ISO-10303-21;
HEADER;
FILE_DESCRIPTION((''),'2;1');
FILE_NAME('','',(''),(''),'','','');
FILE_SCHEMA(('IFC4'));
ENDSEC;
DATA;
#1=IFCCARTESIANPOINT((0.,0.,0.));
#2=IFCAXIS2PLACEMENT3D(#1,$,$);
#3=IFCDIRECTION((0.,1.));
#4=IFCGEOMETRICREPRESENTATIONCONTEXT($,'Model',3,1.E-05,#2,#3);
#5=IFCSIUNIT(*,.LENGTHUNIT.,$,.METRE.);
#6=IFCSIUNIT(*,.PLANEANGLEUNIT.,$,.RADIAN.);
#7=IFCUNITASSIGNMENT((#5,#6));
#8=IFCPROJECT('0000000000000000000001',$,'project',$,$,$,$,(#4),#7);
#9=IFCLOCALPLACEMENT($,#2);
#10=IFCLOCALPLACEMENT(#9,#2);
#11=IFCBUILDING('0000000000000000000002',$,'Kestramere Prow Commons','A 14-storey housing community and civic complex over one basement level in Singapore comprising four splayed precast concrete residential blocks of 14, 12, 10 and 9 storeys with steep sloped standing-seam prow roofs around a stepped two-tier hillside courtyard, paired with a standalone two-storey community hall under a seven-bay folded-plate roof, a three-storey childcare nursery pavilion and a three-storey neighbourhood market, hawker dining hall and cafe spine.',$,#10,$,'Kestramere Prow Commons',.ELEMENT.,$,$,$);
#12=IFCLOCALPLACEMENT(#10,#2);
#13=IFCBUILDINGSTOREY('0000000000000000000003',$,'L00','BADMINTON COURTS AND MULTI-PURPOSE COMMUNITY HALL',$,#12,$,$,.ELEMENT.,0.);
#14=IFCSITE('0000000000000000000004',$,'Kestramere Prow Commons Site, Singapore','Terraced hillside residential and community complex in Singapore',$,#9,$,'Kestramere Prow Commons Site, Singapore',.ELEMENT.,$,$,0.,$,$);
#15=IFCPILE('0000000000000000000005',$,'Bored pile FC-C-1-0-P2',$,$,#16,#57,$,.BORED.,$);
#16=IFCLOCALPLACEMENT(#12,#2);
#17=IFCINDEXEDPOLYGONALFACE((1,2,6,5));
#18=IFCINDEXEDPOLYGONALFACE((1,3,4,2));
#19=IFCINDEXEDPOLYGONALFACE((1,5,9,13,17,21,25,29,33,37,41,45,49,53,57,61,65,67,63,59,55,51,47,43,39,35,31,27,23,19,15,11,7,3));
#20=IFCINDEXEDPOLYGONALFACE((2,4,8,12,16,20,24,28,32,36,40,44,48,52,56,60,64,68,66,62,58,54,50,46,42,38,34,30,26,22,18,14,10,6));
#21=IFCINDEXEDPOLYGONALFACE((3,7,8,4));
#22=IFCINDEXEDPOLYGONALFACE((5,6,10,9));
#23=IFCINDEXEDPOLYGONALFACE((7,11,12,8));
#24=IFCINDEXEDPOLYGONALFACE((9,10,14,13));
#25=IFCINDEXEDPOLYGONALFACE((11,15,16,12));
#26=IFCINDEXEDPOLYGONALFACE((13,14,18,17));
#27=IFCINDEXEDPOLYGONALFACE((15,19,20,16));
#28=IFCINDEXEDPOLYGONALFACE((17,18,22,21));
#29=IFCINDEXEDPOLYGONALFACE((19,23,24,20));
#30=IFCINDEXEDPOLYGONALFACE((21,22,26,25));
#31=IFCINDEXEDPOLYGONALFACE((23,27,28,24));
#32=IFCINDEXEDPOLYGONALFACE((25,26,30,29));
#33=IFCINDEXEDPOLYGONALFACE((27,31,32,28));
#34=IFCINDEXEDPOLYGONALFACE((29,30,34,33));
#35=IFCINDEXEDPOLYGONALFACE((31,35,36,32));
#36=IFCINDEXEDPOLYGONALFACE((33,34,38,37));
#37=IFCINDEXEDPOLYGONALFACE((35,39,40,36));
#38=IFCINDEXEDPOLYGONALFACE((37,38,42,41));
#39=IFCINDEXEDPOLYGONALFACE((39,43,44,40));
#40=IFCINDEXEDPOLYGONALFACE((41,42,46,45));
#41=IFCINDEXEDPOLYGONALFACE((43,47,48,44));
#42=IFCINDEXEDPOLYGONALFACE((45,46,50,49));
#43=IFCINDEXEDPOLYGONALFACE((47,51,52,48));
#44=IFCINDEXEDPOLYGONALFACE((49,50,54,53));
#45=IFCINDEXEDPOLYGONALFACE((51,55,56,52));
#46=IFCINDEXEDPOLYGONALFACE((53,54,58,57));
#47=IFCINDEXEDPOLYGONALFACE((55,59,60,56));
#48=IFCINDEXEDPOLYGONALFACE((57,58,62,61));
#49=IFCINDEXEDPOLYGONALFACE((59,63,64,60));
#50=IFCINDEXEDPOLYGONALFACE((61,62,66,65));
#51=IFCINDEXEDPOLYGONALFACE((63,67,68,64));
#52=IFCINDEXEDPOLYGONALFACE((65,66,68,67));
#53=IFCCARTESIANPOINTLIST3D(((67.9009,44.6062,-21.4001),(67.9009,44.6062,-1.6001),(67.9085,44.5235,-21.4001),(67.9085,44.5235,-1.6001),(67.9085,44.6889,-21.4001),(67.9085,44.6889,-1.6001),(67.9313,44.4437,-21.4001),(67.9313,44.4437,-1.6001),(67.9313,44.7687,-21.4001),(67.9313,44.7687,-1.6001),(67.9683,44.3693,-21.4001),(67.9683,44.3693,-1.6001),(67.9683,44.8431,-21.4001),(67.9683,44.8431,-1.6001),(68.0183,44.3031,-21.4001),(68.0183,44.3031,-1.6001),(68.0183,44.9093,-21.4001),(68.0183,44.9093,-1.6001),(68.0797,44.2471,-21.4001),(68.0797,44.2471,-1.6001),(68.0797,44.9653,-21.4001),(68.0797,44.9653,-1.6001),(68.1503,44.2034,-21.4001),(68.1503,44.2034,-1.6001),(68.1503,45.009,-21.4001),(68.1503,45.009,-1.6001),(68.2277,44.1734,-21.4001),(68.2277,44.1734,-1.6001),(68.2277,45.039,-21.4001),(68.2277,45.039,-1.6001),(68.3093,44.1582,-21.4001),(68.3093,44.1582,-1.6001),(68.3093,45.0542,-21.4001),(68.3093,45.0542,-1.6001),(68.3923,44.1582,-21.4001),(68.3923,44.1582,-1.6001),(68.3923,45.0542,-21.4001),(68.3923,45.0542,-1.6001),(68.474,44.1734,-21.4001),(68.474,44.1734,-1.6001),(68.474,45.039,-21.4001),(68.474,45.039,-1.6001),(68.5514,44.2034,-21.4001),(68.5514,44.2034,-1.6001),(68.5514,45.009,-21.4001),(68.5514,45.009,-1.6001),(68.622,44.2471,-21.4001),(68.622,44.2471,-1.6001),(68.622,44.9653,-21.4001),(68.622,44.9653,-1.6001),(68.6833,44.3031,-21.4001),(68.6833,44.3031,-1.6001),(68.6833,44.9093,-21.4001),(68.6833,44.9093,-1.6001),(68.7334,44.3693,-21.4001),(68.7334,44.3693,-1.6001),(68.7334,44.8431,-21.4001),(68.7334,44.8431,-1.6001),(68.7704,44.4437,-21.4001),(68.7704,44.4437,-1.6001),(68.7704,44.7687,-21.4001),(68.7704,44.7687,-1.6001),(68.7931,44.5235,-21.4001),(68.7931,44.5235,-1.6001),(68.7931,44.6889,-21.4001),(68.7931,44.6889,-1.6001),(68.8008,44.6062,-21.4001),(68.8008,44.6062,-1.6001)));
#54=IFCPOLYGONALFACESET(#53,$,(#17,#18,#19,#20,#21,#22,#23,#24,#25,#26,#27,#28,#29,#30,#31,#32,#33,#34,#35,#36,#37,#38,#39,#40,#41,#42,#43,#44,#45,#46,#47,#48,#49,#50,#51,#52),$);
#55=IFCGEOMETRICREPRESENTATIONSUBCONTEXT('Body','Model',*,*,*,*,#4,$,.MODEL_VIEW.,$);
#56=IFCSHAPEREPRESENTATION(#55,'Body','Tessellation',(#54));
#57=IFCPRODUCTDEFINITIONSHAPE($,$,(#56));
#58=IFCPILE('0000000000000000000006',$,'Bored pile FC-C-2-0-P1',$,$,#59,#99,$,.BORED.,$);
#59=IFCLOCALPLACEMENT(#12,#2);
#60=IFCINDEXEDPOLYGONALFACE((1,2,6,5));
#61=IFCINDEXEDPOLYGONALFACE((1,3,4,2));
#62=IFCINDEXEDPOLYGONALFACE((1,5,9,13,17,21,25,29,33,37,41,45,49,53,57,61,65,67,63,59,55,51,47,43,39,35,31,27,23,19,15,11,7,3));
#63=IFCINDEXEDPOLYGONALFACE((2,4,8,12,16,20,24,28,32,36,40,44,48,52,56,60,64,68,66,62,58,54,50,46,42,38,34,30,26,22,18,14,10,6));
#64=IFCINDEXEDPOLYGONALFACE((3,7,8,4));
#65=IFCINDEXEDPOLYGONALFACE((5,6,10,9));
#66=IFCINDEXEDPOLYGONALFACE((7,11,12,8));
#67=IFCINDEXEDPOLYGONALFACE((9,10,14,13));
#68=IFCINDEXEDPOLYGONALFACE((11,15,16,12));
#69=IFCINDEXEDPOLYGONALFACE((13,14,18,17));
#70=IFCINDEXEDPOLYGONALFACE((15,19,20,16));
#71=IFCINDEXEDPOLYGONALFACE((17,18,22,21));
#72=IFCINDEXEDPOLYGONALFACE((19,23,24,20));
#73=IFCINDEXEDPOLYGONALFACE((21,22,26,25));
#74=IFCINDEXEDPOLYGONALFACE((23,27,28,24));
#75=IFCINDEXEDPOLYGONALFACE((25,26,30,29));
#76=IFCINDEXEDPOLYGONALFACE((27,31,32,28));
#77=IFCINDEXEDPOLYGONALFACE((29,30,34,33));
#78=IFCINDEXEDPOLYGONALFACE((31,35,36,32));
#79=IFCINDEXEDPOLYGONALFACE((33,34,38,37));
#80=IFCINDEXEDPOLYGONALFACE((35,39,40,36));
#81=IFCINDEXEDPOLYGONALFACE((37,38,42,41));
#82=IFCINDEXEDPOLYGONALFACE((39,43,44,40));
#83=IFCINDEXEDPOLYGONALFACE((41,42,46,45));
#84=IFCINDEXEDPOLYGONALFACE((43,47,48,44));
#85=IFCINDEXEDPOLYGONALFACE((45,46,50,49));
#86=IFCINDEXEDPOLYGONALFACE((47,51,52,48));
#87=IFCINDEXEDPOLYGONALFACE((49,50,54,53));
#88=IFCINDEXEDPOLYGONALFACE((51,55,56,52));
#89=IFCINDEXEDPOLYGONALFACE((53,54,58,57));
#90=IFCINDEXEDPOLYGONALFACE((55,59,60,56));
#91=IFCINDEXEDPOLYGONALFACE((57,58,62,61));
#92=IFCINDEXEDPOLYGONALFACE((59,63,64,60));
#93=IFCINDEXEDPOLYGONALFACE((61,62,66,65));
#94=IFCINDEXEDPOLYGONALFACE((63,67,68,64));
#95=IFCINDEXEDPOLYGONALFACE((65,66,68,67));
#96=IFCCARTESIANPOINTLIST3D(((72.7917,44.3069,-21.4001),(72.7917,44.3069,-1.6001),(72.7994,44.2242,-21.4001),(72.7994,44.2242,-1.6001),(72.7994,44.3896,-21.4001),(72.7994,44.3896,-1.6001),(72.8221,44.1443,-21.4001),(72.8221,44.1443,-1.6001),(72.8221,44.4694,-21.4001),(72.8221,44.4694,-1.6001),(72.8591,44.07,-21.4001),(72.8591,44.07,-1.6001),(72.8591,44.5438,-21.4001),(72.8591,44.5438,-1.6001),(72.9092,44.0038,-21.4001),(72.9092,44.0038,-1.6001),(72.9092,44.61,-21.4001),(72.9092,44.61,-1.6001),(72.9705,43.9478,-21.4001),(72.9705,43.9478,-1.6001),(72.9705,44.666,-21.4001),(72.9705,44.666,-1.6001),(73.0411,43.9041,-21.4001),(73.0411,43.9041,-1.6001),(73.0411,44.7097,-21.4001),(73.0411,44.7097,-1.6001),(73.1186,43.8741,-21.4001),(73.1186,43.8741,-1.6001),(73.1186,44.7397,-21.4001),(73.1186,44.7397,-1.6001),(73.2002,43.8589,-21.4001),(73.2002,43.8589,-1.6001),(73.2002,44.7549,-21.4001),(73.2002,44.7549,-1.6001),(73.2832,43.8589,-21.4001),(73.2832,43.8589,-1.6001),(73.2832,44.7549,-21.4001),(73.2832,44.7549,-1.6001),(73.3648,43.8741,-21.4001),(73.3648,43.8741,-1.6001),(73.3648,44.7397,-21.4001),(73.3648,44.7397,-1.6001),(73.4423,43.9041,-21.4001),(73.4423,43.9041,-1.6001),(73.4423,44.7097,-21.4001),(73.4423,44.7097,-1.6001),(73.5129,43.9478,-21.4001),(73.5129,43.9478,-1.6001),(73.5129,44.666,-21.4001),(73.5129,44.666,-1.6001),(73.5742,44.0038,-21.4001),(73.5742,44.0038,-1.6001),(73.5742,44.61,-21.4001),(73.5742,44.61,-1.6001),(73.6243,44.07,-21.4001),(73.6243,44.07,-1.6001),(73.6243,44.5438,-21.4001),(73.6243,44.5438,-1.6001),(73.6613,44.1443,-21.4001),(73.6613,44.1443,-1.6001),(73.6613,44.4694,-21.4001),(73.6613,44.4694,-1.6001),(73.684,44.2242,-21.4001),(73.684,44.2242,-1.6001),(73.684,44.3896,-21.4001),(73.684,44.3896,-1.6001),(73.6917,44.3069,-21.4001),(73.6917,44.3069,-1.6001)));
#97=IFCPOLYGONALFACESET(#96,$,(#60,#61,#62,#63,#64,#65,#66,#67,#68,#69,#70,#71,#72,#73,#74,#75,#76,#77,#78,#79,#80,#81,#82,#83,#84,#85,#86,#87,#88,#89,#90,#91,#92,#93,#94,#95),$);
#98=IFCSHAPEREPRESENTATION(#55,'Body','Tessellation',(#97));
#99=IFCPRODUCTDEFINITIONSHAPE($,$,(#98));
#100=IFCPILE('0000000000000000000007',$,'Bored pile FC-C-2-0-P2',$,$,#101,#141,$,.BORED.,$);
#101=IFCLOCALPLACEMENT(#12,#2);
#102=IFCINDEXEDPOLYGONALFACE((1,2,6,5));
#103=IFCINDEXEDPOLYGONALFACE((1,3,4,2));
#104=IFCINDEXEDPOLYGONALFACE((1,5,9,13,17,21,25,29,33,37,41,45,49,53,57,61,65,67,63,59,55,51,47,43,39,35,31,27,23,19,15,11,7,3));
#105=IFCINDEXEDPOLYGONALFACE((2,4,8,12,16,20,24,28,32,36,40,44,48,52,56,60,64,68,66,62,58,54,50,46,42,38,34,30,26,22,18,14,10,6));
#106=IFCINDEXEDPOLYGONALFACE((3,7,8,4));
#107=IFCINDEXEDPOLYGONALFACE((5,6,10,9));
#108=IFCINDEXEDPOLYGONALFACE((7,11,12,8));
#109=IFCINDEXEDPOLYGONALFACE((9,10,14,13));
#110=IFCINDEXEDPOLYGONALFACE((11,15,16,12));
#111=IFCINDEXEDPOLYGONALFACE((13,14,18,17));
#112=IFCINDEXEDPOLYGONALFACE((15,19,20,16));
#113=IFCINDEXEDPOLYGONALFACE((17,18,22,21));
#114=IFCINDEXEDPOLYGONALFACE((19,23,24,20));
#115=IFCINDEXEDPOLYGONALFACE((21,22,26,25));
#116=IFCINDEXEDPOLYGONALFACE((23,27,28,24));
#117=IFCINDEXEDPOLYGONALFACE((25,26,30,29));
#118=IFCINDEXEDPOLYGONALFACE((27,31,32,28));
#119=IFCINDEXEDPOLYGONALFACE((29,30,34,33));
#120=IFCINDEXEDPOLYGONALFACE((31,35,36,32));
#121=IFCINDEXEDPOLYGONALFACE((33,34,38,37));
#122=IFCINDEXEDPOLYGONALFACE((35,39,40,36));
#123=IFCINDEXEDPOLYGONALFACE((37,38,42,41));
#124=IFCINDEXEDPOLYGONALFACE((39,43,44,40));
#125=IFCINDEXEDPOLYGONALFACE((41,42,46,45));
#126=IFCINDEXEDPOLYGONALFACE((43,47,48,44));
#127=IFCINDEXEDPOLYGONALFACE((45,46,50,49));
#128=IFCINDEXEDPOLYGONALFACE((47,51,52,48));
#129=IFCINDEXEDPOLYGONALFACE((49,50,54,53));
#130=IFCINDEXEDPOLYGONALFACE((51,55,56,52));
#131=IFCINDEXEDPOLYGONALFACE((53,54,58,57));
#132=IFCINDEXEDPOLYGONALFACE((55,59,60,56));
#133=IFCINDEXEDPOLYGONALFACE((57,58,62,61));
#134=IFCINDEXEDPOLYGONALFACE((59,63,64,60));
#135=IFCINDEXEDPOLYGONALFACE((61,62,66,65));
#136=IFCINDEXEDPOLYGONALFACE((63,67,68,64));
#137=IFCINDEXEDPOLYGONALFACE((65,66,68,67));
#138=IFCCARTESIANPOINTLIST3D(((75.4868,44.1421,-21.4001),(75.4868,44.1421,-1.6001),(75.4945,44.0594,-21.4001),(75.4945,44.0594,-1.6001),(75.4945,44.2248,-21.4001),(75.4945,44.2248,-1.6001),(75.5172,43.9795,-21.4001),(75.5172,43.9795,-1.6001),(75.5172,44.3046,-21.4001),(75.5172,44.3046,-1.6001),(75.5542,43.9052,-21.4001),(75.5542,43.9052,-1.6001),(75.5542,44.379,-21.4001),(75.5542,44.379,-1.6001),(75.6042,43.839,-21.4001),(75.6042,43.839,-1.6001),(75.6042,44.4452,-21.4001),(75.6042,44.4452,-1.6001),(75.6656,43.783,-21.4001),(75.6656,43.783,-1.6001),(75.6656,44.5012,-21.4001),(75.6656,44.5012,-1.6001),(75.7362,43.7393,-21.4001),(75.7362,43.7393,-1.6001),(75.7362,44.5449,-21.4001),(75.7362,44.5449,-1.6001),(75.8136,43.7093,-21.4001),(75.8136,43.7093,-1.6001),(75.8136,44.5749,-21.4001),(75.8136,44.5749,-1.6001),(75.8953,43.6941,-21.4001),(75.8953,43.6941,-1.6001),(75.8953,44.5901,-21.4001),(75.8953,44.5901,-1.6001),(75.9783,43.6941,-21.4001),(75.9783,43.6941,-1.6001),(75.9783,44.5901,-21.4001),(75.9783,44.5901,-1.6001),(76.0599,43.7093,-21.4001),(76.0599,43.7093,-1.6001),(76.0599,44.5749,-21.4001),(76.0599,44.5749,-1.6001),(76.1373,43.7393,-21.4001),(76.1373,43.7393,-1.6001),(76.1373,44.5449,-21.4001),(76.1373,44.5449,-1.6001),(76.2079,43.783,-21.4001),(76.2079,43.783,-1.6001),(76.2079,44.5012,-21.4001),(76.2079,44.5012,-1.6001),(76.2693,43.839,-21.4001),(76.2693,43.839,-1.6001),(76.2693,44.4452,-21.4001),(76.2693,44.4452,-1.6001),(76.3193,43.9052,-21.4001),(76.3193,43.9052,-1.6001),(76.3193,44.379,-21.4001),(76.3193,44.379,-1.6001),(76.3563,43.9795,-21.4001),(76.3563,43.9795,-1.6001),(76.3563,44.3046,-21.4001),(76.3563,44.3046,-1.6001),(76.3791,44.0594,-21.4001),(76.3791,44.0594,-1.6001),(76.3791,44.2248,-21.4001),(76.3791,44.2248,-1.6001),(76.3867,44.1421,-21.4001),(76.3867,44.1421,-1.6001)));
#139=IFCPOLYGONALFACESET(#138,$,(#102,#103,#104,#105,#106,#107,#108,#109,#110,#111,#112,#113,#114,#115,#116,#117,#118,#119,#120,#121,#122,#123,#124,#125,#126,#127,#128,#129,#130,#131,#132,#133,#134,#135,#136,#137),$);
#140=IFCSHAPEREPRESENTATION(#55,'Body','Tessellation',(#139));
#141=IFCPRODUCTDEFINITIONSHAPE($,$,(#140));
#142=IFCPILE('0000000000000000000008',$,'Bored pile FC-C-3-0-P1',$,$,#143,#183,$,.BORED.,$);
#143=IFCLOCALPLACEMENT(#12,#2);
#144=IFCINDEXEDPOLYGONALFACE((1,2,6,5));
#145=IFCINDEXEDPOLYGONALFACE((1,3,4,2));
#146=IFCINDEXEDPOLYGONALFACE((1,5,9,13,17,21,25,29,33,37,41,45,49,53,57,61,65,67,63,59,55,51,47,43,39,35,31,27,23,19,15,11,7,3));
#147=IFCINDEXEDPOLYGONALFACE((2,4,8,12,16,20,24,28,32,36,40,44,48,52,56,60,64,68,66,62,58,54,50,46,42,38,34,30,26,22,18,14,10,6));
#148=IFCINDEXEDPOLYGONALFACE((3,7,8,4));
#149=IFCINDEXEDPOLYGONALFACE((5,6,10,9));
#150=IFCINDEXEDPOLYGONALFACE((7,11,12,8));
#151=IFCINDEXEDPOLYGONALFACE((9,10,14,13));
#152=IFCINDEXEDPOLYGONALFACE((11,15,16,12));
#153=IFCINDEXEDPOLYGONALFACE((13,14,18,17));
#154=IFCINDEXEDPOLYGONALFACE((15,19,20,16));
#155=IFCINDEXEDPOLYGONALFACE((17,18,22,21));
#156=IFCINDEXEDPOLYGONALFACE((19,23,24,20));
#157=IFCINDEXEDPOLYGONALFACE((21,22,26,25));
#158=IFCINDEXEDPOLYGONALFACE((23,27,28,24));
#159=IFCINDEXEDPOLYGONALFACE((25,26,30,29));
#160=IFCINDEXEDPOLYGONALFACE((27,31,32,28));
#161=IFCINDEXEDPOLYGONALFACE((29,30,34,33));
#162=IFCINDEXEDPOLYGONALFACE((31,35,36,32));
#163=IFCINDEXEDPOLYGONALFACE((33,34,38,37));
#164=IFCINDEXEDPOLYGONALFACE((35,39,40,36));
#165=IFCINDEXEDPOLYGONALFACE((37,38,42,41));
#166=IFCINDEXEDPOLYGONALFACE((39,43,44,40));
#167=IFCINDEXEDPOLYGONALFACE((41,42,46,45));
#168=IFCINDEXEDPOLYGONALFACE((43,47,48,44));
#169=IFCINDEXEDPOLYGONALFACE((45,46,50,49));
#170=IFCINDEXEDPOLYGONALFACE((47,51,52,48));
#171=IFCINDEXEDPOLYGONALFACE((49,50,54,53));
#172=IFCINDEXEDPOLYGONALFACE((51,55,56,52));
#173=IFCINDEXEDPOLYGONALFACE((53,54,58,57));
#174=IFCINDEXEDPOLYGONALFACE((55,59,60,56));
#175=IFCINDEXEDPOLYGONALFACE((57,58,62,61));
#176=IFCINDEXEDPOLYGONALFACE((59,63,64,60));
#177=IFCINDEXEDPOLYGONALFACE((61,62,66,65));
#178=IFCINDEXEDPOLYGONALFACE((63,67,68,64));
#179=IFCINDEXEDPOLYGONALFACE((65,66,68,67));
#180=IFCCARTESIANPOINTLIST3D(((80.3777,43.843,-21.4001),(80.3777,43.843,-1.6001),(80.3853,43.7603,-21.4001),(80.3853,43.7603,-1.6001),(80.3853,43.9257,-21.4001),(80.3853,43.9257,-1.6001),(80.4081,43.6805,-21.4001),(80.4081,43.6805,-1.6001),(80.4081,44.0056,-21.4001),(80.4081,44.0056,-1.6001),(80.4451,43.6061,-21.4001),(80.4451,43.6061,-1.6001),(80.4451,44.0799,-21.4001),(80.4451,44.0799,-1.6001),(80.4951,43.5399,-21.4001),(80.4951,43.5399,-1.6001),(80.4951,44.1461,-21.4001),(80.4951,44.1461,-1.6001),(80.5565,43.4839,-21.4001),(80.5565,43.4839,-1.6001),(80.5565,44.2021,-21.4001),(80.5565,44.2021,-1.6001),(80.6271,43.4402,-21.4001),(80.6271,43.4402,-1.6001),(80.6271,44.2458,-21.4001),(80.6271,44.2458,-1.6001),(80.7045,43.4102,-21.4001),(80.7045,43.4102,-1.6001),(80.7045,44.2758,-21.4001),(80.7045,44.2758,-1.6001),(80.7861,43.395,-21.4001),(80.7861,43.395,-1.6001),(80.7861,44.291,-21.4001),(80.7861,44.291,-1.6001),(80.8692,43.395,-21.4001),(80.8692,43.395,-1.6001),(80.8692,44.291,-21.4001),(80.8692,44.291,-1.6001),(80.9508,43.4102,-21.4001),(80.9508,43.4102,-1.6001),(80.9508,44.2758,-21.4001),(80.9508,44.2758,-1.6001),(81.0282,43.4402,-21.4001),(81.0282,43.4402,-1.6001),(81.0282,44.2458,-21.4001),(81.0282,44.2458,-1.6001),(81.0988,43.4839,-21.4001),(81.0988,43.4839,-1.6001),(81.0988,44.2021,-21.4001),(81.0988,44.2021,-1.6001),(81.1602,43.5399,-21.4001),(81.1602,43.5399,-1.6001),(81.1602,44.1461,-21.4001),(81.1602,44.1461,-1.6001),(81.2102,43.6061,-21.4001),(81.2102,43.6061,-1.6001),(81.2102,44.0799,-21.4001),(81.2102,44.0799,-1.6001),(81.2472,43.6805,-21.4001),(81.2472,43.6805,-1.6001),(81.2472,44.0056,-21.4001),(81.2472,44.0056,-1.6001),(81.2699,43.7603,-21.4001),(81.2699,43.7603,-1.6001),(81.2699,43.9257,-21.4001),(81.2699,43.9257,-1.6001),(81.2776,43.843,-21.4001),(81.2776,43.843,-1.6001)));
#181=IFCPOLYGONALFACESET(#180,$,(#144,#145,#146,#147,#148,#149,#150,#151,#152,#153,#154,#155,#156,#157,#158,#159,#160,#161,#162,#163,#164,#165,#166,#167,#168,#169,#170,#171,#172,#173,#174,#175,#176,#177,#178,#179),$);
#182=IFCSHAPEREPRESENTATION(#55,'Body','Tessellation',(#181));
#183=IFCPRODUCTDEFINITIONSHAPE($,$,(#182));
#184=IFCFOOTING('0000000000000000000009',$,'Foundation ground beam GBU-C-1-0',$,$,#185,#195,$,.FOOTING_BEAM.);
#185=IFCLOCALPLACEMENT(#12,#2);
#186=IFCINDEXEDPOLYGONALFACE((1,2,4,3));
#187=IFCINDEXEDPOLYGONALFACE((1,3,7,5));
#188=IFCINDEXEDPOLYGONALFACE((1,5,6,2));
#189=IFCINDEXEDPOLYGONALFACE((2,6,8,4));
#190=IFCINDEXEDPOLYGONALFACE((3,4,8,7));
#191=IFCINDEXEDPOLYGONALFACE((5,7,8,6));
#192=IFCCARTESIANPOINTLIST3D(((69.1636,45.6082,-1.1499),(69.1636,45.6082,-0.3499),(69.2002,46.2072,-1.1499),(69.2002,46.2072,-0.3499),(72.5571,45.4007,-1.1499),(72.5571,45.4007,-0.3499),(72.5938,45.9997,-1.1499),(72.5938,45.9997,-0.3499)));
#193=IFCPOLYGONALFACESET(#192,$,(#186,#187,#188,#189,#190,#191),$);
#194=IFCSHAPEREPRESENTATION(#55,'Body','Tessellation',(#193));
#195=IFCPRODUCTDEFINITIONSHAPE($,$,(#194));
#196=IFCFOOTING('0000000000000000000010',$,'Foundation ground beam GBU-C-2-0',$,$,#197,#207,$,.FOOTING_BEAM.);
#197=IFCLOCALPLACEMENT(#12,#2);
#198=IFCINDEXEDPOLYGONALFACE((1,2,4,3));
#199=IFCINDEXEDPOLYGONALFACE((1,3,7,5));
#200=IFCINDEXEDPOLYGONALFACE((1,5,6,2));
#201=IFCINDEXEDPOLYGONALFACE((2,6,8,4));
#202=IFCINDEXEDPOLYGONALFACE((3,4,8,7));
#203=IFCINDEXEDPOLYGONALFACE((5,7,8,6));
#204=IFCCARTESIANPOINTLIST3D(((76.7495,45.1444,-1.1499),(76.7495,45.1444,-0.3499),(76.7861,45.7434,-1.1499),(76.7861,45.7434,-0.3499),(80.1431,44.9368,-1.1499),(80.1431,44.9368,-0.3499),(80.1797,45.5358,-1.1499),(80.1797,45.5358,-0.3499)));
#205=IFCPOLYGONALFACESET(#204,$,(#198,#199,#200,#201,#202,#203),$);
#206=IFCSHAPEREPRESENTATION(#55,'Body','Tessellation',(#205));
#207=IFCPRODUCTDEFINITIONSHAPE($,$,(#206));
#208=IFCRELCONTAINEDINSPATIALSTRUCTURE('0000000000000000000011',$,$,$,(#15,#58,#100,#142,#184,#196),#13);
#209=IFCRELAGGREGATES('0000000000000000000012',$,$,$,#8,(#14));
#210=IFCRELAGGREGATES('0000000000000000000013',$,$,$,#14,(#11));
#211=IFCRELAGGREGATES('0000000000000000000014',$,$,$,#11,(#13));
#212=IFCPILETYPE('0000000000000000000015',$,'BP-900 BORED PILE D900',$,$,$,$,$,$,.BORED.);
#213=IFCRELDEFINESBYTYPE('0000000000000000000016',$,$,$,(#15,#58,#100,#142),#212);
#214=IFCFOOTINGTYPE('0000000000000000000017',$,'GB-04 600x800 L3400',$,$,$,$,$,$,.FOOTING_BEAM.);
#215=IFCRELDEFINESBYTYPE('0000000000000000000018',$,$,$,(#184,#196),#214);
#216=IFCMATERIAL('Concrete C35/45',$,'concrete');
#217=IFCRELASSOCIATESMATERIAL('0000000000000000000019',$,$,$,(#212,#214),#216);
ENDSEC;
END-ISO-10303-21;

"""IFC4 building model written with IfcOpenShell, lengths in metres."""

from ifc_helpers import new_model, si_unit, direction, frame, origin, origin_2d, place, context, subcontext, project, spatial, rectangle, circle, extrude, material, material_profile, profile_set, type_object, element, save


model = new_model("IFC4")

# Units and contexts
model_context = context("Model", 3, precision=1e-05, world=origin(), true_north=direction((0.0, 1.0)))
body_context = subcontext(model_context, "Body", "Model", "MODEL_VIEW")
ifc_project = project(units=[si_unit("LENGTHUNIT", "METRE"), si_unit("PLANEANGLEUNIT", "RADIAN")], contexts=[model_context])

# Site, building, storey
site_placement = place(None, origin())
site = spatial("IfcSite", under=ifc_project, at=site_placement, Name="Kestramere Prow Commons Site, Singapore", Description="Terraced hillside residential and community complex in Singapore", LongName="Kestramere Prow Commons Site, Singapore", CompositionType="ELEMENT", RefElevation=0.0)
building_placement = place(site_placement, origin())
building = spatial("IfcBuilding", under=site, at=building_placement, Name="Kestramere Prow Commons", Description="A 14-storey housing community and civic complex over one basement level in Singapore comprising four splayed precast concrete residential blocks of 14, 12, 10 and 9 storeys with steep sloped standing-seam prow roofs around a stepped two-tier hillside courtyard, paired with a standalone two-storey community hall under a seven-bay folded-plate roof, a three-storey childcare nursery pavilion and a three-storey neighbourhood market, hawker dining hall and cafe spine.", LongName="Kestramere Prow Commons", CompositionType="ELEMENT")
storey_placement = place(building_placement, origin())
storey = spatial("IfcBuildingStorey", under=building, at=storey_placement, Name="L00", Description="BADMINTON COURTS AND MULTI-PURPOSE COMMUNITY HALL", CompositionType="ELEMENT", Elevation=0.0)

# Piles
ifc_material_1 = material(Name="Concrete C35/45", Category="concrete")
ifc_material_profile_1 = material_profile(ifc_material_1, circle(Radius=0.45, at=origin_2d()), Name="BORED PILE D900")
ifc_profile_set_1 = profile_set([ifc_material_profile_1], Name="Concrete C35/45")
pile_type = type_object("IfcPileType", Name="BP-900 BORED PILE D900", PredefinedType="BORED", material=ifc_profile_set_1)
for number, where, z_axis, x_axis, name in (
    (1, (68.3508, 44.6062, -1.6001), (0.0, 0.0, -1.0), (1.0, 0.0, 0.0), "Bored pile FC-C-1-0-P2"),
    (2, (73.2417, 44.3069, -1.6001), (0.0, 0.0, -1.0), (1.0, 0.0, 0.0), "Bored pile FC-C-2-0-P1"),
    (3, (75.9368, 44.1421, -1.6001), (0.0, 0.0, -1.0), (1.0, 0.0, 0.0), "Bored pile FC-C-2-0-P2"),
    (4, (80.8276, 43.843, -1.6001), (0.0, 0.0, -1.0), (1.0, 0.0, 0.0), "Bored pile FC-C-3-0-P1"),
):
    element("IfcPile", number, at=place(storey_placement, frame(where, z_axis=z_axis, x_axis=x_axis)), inside=storey, type_object=pile_type, Name=name, PredefinedType="BORED", context=body_context, shape_type="SweptSolid", body=[
        extrude(circle(Radius=0.45, at=origin_2d()), origin(), (0.0, 0.0, 1.0), 19.8),
    ])

# Footings
footing_type_1 = type_object("IfcFootingType", Name="GB-04 600x800 L3400", PredefinedType="FOOTING_BEAM", material=ifc_material_1)
for number, where, z_axis, x_axis, name in (
    (5, (70.8787, 45.804, -1.1499), (0.0, 0.0, 1.0), (0.998135, -0.061049, 0.0), "Foundation ground beam GBU-C-1-0"),
    (6, (78.4646, 45.3401, -1.1499), (0.0, 0.0, 1.0), (0.998135, -0.061049, 0.0), "Foundation ground beam GBU-C-2-0"),
):
    element("IfcFooting", number, at=place(storey_placement, frame(where, z_axis=z_axis, x_axis=x_axis)), inside=storey, type_object=footing_type_1, Name=name, PredefinedType="FOOTING_BEAM", context=body_context, shape_type="SweptSolid", body=[
        extrude(rectangle(XDim=3.3999, YDim=0.6001, at=origin_2d()), origin(), (0.0, 0.0, 1.0), 0.8),
    ])

save(model, "model.ifc")
